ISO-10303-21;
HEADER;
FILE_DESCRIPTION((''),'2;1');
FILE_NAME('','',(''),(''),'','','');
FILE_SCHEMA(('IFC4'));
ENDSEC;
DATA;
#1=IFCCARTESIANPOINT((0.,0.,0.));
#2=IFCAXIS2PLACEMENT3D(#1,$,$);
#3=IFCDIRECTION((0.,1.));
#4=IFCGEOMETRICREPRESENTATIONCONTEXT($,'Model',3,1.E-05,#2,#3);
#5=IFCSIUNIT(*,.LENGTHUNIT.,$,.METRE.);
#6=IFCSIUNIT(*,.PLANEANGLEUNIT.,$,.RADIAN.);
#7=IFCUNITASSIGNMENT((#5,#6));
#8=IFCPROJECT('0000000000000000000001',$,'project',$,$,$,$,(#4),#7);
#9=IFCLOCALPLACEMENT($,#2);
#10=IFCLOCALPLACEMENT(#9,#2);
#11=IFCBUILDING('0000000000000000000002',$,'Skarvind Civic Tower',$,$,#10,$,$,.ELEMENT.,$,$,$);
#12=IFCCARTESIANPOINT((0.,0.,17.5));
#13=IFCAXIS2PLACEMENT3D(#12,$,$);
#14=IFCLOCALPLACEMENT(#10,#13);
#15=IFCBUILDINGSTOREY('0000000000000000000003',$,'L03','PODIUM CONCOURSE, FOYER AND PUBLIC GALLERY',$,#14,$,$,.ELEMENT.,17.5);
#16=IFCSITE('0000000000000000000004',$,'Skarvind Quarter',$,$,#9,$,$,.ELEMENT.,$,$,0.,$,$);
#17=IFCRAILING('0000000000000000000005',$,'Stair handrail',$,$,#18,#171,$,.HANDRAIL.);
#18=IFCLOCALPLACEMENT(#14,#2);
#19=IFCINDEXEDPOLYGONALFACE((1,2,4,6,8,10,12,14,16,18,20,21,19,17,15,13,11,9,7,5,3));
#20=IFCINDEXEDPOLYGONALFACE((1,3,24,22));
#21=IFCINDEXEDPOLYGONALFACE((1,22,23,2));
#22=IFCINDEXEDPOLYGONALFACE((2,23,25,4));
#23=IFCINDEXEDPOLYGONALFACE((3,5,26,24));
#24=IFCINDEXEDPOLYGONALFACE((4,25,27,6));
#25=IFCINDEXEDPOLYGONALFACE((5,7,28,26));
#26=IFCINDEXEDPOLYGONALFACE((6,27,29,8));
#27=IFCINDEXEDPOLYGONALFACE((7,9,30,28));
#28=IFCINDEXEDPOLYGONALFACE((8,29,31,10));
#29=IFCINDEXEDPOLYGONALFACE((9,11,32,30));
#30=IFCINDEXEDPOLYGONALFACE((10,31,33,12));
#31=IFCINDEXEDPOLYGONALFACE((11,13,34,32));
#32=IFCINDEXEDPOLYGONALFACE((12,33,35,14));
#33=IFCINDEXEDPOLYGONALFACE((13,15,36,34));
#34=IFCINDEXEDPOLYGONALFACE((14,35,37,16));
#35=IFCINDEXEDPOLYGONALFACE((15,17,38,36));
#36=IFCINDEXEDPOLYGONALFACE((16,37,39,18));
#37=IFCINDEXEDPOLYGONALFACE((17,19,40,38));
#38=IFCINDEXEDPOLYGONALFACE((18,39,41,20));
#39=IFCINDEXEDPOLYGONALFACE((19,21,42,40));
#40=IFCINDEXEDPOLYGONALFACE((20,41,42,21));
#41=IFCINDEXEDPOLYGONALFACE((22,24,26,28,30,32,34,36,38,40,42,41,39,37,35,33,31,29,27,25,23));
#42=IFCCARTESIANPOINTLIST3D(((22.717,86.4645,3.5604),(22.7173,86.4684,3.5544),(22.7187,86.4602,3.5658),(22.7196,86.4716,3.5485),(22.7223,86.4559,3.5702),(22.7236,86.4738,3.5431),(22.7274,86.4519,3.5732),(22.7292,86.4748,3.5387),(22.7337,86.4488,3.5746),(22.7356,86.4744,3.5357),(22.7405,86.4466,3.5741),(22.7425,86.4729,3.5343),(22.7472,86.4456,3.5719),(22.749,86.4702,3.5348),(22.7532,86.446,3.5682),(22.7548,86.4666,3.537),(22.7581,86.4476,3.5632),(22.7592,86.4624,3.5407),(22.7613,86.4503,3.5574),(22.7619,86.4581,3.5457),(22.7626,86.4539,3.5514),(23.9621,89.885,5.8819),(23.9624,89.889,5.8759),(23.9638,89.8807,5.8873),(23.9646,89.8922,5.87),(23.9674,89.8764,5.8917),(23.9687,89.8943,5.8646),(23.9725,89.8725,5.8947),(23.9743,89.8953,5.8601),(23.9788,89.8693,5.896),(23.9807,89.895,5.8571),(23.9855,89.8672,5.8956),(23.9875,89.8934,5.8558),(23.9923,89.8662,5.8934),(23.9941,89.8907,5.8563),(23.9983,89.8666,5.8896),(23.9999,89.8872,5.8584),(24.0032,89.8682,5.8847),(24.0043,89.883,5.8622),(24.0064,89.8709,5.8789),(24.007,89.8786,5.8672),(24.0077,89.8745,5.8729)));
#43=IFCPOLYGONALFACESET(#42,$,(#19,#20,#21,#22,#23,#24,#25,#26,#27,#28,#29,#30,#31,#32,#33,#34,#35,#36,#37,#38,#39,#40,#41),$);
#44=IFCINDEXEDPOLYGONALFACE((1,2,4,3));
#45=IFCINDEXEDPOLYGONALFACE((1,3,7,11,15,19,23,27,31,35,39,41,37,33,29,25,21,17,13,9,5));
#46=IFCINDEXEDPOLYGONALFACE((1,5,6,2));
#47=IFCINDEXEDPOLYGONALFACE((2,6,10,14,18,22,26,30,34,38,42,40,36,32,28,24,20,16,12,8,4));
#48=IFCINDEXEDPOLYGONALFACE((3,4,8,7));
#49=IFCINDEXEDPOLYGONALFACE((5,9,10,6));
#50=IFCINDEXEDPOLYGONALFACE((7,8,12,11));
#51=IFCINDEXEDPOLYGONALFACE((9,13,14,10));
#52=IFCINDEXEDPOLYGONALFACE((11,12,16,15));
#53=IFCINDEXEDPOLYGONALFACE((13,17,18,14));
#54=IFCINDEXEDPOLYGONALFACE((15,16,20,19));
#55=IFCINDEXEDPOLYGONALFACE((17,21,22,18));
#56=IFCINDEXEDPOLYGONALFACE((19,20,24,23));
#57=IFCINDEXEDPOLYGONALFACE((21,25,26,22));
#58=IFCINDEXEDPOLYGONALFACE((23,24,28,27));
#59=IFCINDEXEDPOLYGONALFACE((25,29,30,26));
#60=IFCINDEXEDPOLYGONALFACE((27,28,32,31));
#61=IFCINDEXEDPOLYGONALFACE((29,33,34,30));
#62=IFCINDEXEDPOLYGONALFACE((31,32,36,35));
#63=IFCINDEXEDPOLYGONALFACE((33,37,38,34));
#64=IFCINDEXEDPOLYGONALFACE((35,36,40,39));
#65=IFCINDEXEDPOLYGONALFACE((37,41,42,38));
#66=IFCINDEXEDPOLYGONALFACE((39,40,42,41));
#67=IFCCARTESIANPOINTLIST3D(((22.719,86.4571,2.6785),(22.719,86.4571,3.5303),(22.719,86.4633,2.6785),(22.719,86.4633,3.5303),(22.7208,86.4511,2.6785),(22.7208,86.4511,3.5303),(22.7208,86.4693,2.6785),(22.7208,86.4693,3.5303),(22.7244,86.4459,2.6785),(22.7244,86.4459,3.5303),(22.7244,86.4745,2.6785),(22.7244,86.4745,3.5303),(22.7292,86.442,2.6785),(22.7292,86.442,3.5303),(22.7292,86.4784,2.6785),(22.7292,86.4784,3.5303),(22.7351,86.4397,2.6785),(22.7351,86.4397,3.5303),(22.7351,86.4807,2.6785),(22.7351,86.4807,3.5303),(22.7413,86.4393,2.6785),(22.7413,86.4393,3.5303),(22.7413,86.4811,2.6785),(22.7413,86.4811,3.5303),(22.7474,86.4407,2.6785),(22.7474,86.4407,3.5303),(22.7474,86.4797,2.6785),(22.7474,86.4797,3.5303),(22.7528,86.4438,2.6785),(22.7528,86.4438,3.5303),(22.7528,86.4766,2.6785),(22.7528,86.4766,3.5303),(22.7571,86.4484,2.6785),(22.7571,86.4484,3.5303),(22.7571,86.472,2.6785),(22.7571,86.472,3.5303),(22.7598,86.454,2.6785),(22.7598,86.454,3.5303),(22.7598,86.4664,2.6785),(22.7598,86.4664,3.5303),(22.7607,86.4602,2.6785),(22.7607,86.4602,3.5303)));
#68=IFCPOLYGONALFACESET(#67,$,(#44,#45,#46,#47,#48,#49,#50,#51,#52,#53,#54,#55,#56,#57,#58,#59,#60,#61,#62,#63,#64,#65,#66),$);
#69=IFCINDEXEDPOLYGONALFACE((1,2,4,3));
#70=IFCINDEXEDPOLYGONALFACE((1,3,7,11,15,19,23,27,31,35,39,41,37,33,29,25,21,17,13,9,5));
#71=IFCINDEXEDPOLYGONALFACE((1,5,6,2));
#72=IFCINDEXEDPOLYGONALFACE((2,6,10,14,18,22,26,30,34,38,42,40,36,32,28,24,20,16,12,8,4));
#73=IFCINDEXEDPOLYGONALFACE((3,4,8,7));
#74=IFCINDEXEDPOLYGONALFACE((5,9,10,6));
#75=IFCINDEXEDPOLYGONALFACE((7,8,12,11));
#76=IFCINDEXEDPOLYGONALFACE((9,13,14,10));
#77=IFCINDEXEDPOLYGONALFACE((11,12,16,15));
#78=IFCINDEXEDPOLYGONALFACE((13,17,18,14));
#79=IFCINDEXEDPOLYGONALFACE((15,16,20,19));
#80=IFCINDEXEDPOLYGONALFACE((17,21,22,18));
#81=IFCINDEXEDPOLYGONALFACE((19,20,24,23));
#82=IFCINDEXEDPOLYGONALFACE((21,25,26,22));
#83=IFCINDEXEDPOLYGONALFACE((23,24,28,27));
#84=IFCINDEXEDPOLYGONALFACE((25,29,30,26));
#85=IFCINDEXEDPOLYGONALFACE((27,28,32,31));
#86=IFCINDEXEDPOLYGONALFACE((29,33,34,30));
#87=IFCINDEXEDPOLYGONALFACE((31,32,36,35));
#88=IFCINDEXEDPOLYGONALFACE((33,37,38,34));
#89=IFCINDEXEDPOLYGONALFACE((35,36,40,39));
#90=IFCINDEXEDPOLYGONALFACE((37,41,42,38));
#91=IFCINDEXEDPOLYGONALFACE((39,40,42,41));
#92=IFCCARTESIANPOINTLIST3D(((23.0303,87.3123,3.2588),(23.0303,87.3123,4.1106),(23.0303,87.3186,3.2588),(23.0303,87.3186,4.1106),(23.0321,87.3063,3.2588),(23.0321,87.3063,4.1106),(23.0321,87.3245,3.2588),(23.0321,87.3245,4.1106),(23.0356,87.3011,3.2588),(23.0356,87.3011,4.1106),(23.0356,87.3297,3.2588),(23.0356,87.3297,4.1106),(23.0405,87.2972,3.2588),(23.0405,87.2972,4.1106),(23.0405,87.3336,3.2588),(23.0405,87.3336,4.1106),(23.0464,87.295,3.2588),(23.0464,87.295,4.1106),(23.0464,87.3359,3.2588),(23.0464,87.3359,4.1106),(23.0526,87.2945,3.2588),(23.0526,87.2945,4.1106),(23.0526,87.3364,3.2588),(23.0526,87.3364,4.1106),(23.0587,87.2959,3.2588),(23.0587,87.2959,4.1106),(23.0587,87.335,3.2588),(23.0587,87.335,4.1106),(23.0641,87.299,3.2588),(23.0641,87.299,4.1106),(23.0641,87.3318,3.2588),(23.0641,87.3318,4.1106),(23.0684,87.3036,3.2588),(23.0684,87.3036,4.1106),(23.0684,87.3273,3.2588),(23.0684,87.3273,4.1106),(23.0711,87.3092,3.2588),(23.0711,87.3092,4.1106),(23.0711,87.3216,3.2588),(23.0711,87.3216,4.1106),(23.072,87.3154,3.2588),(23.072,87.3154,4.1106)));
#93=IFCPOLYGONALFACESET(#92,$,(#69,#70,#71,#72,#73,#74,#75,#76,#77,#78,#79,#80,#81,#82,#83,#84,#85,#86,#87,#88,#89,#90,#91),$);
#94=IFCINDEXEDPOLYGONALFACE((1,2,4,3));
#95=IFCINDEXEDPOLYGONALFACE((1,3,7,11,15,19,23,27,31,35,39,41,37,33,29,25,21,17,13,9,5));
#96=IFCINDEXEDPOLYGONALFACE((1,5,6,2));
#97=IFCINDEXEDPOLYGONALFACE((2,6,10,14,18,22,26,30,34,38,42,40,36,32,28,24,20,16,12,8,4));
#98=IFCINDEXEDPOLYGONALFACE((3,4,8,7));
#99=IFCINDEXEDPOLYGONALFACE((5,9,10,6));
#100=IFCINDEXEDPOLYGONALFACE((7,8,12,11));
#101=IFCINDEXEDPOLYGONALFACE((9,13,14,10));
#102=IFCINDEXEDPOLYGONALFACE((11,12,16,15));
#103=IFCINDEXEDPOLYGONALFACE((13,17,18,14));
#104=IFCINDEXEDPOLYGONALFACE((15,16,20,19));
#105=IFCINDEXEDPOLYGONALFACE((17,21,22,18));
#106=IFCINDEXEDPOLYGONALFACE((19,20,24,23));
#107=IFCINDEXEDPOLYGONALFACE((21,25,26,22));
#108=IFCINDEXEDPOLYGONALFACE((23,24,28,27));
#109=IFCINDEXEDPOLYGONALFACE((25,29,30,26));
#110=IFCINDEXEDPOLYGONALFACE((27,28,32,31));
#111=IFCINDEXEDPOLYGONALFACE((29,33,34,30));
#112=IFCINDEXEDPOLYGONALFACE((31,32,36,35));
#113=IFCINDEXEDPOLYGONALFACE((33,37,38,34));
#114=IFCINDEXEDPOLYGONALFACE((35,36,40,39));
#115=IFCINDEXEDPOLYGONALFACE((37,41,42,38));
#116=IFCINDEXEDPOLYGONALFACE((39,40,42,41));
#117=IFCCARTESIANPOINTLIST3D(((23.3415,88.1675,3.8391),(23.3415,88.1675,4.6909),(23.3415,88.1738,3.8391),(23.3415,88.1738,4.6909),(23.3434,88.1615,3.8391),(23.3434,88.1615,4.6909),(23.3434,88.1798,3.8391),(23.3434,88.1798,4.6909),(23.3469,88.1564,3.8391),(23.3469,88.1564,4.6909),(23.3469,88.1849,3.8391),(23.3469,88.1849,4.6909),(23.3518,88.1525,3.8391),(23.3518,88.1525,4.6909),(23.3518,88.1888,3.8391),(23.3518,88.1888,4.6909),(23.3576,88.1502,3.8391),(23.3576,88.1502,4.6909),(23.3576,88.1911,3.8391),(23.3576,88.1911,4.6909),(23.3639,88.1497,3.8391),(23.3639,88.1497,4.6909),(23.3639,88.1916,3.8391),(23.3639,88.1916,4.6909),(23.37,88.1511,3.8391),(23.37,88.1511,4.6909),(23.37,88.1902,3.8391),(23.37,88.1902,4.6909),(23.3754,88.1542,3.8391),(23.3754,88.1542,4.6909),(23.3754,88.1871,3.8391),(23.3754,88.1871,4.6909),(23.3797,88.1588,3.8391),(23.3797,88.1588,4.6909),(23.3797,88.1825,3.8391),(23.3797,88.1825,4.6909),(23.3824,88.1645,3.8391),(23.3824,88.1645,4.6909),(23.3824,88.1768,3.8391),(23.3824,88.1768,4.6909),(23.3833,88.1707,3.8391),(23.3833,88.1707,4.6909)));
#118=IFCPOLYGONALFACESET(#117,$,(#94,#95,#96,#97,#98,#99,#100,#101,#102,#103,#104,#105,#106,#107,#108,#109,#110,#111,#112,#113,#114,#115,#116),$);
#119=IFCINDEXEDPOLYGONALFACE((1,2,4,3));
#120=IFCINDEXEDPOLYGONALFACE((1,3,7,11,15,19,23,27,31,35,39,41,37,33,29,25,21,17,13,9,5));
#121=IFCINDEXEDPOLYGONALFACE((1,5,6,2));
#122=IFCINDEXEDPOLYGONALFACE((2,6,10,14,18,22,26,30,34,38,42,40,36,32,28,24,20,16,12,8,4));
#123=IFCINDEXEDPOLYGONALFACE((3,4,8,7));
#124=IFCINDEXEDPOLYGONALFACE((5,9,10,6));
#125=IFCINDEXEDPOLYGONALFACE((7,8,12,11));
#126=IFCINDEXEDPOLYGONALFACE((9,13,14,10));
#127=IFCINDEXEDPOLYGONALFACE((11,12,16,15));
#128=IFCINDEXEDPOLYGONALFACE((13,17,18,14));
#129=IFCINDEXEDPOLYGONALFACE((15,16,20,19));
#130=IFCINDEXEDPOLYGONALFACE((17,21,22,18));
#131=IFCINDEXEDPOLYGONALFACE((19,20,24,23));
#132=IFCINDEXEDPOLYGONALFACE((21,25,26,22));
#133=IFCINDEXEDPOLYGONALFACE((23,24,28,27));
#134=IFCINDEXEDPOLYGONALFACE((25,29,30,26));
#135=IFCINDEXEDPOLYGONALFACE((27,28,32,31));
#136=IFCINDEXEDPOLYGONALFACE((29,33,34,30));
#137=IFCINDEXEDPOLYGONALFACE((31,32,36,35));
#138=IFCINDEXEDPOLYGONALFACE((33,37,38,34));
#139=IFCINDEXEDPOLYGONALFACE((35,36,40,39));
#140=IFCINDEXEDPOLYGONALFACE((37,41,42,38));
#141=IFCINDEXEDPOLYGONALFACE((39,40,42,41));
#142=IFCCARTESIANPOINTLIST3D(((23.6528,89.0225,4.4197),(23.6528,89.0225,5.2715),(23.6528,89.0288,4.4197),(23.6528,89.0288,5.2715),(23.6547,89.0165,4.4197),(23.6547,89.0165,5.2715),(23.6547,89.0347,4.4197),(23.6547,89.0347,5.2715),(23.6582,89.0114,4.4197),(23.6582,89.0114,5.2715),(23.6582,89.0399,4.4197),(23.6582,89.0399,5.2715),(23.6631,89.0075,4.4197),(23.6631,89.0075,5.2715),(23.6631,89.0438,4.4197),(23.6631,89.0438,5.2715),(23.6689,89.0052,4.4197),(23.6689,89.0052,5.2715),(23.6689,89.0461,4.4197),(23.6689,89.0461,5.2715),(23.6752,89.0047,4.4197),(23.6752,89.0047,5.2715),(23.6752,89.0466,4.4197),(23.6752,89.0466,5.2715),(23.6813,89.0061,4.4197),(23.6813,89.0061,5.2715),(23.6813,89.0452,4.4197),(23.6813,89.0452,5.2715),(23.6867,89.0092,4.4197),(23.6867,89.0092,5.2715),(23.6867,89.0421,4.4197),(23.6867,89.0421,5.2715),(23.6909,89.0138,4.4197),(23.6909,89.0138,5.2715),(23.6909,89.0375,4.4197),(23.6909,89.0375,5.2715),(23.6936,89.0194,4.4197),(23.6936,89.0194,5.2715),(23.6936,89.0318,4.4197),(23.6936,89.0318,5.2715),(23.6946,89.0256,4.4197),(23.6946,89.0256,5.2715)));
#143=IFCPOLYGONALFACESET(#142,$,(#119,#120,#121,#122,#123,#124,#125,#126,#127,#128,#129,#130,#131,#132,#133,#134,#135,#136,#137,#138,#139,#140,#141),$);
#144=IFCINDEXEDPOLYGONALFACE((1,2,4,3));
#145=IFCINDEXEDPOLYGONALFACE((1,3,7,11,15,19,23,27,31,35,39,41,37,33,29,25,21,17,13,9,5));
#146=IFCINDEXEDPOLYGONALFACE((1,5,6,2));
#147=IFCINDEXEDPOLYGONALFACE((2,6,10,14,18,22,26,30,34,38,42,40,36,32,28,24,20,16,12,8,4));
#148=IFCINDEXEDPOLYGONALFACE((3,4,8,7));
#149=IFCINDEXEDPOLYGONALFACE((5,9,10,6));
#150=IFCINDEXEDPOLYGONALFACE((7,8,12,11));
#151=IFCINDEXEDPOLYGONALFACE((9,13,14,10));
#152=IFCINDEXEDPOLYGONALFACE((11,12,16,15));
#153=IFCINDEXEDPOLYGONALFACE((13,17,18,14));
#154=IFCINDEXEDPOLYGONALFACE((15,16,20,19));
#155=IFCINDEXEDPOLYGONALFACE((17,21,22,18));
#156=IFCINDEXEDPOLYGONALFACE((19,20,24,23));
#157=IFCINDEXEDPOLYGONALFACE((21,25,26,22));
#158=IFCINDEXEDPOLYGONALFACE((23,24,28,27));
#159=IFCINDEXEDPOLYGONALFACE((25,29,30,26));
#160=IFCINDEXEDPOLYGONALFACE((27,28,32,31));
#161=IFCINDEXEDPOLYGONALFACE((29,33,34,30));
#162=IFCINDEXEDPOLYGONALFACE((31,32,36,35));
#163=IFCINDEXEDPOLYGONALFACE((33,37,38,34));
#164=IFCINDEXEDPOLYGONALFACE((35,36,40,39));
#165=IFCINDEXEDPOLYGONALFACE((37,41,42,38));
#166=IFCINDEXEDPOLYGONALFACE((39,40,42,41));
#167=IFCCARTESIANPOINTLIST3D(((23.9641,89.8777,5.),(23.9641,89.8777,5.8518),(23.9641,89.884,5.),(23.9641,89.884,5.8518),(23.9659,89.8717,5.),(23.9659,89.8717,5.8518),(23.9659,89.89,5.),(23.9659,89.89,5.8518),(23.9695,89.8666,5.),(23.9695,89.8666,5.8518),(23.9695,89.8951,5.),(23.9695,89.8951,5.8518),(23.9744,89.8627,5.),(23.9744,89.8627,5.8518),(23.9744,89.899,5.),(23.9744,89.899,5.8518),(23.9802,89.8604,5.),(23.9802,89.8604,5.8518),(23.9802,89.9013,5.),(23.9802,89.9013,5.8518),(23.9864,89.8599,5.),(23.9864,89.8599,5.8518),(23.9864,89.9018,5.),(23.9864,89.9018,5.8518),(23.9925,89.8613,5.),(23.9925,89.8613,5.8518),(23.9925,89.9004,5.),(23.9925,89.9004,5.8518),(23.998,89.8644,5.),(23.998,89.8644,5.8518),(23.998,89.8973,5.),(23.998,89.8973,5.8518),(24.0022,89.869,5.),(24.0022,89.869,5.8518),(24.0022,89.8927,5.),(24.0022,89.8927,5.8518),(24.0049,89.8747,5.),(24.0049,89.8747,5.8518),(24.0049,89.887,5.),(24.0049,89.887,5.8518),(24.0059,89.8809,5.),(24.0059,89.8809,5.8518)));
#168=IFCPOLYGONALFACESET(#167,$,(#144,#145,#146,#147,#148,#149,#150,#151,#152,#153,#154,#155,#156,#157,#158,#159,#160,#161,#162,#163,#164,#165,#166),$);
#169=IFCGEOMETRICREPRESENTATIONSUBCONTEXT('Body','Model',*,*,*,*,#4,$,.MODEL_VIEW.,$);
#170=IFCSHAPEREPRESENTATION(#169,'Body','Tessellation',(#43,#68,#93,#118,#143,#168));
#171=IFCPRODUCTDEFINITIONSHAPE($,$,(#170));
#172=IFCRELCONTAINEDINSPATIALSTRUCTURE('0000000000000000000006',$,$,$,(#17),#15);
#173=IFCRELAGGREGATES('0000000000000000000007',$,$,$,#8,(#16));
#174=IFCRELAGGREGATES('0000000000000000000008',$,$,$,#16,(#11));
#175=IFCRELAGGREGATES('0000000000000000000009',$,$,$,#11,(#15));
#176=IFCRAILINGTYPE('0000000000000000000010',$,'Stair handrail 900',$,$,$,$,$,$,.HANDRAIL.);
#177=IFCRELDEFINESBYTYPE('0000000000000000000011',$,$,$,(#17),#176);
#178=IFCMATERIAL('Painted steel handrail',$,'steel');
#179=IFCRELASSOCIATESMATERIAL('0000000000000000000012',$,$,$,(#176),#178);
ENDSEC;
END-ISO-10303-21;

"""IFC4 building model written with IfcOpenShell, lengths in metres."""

from ifc_helpers import new_model, si_unit, direction, frame, origin, origin_2d, place, context, subcontext, project, spatial, circle, extrude, material, type_object, element, save


model = new_model("IFC4")

# Units and contexts
model_context = context("Model", 3, precision=1e-05, world=origin(), true_north=direction((0.0, 1.0)))
body_context = subcontext(model_context, "Body", "Model", "MODEL_VIEW")
ifc_project = project(units=[si_unit("LENGTHUNIT", "METRE"), si_unit("PLANEANGLEUNIT", "RADIAN")], contexts=[model_context])

# Site, building, storey
site_placement = place(None, origin())
site = spatial("IfcSite", under=ifc_project, at=site_placement, Name="Skarvind Quarter", CompositionType="ELEMENT", RefElevation=0.0)
building_placement = place(site_placement, origin())
building = spatial("IfcBuilding", under=site, at=building_placement, Name="Skarvind Civic Tower", CompositionType="ELEMENT")
storey_placement = place(building_placement, frame((0.0, 0.0, 17.5)))
storey = spatial("IfcBuildingStorey", under=building, at=storey_placement, Name="L03", Description="PODIUM CONCOURSE, FOYER AND PUBLIC GALLERY", CompositionType="ELEMENT", Elevation=17.5)

# Railing
ifc_material_1 = material(Name="Painted steel handrail", Category="steel")
railing_type = type_object("IfcRailingType", Name="Stair handrail 900", PredefinedType="HANDRAIL", material=ifc_material_1)
railing_placement = place(storey_placement, frame((22.7397, 86.4602, 2.6785)))
element("IfcRailing", 1, at=railing_placement, inside=storey, type_object=railing_type, Name="Stair handrail", PredefinedType="HANDRAIL", context=body_context, shape_type="SweptSolid", body=[
    extrude(circle(Radius=0.0239, at=origin_2d()), frame((0.0, 0.0, 0.876), z_axis=(0.288389, 0.792279, 0.537705), x_axis=(-0.939684, 0.342045, 0.0)), (0.0, 0.0, 1.0), 4.3174),
    extrude(circle(Radius=0.021, at=origin_2d()), origin(), (0.0, 0.0, 1.0), 0.8518),
    extrude(circle(Radius=0.021, at=origin_2d()), frame((0.3113, 0.8552, 0.5803)), (0.0, 0.0, 1.0), 0.8518),
    extrude(circle(Radius=0.021, at=origin_2d()), frame((0.6226, 1.7104, 1.1606)), (0.0, 0.0, 1.0), 0.8518),
    extrude(circle(Radius=0.021, at=origin_2d()), frame((0.9338, 2.5654, 1.7412)), (0.0, 0.0, 1.0), 0.8518),
    extrude(circle(Radius=0.021, at=origin_2d()), frame((1.2451, 3.4207, 2.3215)), (0.0, 0.0, 1.0), 0.8518),
])

save(model, "model.ifc")
